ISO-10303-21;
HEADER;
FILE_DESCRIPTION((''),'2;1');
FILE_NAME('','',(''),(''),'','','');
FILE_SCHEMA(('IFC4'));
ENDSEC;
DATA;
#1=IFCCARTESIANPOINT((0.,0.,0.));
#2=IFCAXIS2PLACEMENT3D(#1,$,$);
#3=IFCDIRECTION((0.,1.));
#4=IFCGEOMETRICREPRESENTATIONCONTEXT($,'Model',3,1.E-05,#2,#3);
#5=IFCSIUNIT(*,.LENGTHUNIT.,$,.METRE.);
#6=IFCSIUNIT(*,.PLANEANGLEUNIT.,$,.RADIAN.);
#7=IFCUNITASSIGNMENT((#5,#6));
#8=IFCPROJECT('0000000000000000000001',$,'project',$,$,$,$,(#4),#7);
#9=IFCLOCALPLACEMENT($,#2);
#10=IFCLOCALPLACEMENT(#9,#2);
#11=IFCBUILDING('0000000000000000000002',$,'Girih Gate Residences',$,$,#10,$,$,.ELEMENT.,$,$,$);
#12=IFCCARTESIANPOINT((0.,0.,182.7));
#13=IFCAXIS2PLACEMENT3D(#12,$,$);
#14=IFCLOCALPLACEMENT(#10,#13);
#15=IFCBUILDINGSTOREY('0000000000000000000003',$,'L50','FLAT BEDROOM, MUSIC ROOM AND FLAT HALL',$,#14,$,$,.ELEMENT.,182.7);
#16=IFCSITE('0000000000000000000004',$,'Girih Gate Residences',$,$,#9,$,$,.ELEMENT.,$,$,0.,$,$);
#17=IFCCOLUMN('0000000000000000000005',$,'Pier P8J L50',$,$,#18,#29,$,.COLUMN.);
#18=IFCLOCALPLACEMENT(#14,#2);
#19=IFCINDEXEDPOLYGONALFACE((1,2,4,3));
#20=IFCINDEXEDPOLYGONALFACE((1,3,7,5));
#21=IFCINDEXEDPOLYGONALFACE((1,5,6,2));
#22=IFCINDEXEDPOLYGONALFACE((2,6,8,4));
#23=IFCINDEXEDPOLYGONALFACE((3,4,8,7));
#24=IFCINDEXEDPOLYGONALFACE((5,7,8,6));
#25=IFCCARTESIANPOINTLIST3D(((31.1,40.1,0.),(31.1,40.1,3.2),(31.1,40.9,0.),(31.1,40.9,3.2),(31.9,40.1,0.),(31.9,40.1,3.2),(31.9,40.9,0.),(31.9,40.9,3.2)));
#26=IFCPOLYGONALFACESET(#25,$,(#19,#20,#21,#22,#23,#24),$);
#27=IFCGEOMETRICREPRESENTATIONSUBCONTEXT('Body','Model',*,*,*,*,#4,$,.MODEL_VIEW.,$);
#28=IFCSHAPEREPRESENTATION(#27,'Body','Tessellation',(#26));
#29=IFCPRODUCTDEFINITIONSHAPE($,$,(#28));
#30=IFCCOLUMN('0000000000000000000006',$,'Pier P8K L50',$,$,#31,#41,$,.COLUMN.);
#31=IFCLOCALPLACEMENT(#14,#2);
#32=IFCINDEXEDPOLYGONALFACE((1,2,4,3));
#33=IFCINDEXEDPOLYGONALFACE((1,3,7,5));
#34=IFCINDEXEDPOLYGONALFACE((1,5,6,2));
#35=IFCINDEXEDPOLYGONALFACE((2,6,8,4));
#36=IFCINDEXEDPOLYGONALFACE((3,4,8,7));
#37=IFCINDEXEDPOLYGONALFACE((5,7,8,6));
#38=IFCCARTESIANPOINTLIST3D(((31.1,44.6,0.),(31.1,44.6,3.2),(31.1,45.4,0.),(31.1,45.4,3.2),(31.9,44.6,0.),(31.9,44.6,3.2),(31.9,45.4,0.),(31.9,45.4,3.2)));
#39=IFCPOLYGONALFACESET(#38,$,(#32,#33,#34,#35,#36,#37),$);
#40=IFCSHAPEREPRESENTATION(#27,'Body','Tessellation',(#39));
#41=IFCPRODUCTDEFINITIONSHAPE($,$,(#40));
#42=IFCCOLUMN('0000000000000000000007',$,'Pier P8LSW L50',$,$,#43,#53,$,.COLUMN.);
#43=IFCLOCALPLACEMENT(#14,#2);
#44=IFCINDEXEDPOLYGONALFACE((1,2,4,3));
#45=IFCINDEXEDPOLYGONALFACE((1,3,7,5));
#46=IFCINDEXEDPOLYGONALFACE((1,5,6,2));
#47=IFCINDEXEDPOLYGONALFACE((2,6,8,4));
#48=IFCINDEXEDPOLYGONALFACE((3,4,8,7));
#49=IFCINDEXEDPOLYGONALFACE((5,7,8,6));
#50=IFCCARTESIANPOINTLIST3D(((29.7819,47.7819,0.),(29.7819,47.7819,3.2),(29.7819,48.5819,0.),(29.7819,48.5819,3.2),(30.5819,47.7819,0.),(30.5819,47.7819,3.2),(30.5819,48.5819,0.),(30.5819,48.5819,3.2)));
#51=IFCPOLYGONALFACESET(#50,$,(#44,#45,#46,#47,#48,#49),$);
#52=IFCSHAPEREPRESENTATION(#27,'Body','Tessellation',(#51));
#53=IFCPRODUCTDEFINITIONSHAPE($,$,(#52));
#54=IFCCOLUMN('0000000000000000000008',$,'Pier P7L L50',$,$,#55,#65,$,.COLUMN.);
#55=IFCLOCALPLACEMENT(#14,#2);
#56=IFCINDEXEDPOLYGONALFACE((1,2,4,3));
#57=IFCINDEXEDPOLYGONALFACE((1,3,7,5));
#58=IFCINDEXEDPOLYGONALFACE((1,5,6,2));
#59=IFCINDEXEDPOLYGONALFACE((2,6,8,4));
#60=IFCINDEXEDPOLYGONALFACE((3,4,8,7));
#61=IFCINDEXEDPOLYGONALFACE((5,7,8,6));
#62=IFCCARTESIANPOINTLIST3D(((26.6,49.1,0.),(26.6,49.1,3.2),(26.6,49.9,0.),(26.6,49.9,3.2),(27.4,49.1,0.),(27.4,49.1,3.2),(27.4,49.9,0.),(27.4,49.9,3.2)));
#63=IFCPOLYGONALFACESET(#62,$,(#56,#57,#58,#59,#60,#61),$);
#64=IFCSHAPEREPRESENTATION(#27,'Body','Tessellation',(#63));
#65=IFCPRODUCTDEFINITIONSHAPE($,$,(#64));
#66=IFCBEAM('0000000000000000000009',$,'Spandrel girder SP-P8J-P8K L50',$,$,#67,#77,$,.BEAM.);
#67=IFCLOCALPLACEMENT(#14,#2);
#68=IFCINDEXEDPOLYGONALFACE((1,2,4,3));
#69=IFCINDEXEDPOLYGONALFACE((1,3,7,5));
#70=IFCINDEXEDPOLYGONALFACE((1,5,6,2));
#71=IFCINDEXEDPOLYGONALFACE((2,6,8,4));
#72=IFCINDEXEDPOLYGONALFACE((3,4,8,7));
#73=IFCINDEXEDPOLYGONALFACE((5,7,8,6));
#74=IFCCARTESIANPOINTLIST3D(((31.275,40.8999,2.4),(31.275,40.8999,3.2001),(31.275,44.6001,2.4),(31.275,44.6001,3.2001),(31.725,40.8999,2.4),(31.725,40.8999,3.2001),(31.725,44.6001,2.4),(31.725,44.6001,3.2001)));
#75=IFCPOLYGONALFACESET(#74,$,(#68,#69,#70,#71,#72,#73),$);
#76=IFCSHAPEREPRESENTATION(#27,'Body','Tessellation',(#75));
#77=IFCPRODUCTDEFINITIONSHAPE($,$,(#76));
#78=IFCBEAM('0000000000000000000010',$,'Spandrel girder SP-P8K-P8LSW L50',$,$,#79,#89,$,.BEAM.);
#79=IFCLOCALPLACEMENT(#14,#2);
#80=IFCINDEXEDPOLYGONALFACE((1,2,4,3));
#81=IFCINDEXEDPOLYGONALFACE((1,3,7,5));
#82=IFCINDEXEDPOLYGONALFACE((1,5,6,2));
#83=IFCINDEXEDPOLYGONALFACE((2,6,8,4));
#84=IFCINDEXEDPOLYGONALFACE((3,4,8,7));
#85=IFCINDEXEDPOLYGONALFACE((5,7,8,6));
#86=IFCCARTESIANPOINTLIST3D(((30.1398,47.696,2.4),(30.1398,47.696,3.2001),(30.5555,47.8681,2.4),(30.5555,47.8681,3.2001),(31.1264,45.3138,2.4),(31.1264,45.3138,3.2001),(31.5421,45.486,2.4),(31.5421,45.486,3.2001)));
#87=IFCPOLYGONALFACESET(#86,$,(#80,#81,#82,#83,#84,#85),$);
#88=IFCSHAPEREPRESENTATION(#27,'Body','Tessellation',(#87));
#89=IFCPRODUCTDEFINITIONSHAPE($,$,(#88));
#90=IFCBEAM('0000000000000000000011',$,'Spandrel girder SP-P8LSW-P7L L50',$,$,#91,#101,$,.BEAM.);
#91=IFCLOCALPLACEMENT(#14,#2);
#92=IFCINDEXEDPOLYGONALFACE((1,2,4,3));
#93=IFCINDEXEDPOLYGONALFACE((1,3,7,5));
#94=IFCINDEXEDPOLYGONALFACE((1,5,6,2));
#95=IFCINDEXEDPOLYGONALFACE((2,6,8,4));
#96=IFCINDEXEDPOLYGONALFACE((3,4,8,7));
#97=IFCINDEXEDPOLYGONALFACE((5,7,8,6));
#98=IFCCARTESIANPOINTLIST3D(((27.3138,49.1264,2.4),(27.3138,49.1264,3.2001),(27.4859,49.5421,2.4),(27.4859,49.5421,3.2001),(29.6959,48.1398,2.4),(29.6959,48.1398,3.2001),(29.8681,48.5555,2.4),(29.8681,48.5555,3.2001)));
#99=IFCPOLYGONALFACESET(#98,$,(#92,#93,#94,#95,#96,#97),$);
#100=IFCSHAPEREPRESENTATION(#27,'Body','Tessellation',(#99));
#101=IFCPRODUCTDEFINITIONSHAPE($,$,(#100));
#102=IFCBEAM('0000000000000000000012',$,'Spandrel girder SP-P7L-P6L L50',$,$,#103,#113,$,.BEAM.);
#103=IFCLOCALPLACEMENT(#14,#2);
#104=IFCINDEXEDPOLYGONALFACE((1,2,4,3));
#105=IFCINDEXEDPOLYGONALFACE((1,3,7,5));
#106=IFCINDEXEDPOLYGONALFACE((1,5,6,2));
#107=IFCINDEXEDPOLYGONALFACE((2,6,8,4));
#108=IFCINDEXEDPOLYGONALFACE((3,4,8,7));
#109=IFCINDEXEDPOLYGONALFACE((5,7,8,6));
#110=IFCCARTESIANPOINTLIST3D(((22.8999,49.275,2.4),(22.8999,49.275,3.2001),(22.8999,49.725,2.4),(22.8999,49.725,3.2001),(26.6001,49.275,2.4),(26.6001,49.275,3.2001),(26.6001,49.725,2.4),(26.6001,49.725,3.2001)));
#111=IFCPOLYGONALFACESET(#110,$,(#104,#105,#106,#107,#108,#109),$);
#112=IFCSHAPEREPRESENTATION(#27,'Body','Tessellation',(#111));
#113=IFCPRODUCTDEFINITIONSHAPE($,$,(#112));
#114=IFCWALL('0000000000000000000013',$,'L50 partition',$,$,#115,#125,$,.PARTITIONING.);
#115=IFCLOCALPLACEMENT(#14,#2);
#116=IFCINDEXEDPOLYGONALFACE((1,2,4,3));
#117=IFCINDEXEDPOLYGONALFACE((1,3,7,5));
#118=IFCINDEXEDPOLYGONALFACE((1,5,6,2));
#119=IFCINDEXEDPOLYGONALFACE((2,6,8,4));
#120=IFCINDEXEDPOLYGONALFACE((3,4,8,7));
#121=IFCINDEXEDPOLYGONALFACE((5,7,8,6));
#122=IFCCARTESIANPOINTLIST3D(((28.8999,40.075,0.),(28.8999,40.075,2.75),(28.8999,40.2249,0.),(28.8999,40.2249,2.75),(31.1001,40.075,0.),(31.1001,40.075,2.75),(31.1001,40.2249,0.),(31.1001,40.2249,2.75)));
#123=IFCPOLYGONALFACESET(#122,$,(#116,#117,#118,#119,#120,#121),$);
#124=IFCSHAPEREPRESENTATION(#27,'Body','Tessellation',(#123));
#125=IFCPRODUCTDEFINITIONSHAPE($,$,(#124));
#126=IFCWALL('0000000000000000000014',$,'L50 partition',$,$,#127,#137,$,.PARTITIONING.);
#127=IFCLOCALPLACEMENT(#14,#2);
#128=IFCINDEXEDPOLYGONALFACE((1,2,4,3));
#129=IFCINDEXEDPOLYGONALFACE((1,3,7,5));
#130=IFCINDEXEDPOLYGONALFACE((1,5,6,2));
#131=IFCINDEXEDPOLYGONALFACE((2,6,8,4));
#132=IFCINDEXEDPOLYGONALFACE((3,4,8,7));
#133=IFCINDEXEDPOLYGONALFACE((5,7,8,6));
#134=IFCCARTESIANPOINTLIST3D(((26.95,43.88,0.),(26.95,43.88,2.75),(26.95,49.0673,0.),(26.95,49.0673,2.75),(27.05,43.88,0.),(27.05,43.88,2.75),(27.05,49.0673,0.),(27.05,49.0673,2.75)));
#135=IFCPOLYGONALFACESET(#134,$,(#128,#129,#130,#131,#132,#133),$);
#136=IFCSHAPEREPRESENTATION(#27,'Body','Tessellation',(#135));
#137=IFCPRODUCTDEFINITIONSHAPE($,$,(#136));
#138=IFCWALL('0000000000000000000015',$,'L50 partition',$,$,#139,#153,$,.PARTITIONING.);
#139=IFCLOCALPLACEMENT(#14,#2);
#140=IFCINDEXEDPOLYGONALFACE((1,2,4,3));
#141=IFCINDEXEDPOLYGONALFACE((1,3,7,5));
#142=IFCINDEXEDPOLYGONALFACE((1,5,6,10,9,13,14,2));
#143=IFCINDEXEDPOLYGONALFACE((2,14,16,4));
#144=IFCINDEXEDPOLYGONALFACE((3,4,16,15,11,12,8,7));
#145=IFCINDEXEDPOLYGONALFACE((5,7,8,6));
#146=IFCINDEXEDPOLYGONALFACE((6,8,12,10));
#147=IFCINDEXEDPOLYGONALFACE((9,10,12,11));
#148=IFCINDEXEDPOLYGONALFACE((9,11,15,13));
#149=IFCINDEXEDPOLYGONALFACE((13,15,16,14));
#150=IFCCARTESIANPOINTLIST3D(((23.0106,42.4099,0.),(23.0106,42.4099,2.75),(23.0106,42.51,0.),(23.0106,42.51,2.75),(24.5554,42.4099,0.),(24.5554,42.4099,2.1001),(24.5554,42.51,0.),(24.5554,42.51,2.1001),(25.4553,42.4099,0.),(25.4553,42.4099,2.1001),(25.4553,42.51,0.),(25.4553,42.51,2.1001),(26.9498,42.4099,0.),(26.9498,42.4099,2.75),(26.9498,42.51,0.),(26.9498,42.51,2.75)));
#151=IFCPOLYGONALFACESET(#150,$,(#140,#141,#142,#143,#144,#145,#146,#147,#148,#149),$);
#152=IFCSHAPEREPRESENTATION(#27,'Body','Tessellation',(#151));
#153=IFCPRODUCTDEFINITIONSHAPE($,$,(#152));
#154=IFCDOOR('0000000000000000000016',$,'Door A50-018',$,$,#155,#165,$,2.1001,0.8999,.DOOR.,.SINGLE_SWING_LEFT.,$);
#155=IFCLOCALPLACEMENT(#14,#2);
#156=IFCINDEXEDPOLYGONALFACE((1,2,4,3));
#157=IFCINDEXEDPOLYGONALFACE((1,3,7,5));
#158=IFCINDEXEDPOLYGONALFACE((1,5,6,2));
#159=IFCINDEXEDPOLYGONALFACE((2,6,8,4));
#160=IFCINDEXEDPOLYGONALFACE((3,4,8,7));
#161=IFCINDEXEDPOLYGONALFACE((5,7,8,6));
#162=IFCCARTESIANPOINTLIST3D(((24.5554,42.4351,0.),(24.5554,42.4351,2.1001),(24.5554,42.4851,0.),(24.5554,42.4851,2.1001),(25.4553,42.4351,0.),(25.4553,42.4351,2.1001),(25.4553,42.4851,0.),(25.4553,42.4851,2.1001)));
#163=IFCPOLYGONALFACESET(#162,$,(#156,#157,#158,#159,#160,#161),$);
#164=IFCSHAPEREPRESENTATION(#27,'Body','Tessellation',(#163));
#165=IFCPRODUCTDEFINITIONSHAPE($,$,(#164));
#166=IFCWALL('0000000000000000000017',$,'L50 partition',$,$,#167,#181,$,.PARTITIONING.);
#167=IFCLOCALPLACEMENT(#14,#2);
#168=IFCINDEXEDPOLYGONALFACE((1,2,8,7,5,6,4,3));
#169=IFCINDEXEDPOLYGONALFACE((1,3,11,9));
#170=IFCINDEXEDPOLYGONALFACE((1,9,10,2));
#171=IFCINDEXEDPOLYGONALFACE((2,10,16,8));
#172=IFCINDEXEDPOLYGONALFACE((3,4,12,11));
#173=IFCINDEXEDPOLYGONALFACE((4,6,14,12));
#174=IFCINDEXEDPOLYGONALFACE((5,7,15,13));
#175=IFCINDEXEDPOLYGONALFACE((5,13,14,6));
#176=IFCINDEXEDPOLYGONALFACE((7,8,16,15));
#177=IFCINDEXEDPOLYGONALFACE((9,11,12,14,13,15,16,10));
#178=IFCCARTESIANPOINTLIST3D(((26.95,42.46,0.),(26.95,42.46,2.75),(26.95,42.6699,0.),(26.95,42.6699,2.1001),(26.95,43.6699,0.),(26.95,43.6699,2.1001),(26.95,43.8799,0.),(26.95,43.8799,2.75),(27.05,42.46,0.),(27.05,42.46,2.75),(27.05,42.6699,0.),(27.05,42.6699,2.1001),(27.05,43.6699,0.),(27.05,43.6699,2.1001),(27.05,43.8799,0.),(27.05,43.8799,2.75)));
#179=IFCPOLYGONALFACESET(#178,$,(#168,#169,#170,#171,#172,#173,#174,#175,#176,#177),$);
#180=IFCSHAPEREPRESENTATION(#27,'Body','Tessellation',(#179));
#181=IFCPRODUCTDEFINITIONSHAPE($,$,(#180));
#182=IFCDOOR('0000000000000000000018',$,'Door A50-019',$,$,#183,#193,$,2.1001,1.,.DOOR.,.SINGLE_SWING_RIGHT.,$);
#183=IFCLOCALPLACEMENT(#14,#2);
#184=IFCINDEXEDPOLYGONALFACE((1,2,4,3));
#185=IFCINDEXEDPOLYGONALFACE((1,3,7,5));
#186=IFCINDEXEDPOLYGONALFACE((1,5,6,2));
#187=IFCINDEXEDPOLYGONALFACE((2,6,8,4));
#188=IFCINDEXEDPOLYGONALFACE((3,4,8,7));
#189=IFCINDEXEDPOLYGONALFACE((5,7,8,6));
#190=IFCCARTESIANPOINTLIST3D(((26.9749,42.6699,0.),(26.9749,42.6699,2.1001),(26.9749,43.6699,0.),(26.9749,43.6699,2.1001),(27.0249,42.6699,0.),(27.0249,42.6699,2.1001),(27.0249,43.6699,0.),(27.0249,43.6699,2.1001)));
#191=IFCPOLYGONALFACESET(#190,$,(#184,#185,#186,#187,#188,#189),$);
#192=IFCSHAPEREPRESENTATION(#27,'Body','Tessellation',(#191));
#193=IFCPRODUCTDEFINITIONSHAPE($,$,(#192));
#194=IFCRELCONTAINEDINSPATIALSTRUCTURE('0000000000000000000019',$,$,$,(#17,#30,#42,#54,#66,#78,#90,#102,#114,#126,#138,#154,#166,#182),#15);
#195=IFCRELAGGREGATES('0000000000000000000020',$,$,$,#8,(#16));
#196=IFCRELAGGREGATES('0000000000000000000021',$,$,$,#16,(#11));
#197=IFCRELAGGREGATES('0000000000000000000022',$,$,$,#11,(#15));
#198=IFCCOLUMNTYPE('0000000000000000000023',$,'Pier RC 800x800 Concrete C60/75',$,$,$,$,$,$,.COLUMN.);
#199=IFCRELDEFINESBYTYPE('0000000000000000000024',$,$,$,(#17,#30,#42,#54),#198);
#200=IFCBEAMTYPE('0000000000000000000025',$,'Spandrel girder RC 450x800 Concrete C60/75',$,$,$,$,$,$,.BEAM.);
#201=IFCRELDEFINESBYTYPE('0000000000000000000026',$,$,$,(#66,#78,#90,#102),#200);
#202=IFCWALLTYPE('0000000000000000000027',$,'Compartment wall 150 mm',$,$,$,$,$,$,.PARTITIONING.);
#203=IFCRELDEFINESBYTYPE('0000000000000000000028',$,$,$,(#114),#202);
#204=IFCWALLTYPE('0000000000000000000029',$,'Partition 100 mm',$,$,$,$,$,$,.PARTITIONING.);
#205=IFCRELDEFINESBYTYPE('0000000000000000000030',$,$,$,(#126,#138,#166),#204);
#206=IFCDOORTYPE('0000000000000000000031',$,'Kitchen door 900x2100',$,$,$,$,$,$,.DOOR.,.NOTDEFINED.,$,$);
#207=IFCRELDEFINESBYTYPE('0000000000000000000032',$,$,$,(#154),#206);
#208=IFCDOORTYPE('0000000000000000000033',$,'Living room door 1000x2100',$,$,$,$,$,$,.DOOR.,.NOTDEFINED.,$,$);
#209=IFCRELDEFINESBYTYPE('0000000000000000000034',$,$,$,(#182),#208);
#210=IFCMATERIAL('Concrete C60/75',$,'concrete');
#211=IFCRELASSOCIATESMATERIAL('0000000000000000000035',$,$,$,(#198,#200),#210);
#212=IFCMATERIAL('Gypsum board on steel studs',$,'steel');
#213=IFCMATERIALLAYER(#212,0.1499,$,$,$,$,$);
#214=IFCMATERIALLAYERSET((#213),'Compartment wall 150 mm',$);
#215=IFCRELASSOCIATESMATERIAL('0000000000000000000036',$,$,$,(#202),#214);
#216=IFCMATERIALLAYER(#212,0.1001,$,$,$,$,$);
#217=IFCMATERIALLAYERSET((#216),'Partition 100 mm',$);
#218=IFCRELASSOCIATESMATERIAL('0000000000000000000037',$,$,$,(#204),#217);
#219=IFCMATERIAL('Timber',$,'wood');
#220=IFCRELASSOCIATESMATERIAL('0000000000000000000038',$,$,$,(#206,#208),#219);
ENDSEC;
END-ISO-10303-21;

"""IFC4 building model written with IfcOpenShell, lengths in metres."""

from ifc_helpers import new_model, si_unit, direction, frame, frame_2d, origin, origin_2d, place, context, subcontext, project, spatial, rectangle, extrude, material, layer, layer_set, material_profile, profile_set, type_object, element, fill, save


model = new_model("IFC4")

# Units and contexts
model_context = context("Model", 3, precision=1e-05, world=origin(), true_north=direction((0.0, 1.0)))
body_context = subcontext(model_context, "Body", "Model", "MODEL_VIEW")
ifc_project = project(units=[si_unit("LENGTHUNIT", "METRE"), si_unit("PLANEANGLEUNIT", "RADIAN")], contexts=[model_context])

# Site, building, storey
site_placement = place(None, origin())
site = spatial("IfcSite", under=ifc_project, at=site_placement, Name="Girih Gate Residences", CompositionType="ELEMENT", RefElevation=0.0)
building_placement = place(site_placement, origin())
building = spatial("IfcBuilding", under=site, at=building_placement, Name="Girih Gate Residences", CompositionType="ELEMENT")
storey_placement = place(building_placement, frame((0.0, 0.0, 182.7)))
storey = spatial("IfcBuildingStorey", under=building, at=storey_placement, Name="L50", Description="FLAT BEDROOM, MUSIC ROOM AND FLAT HALL", CompositionType="ELEMENT", Elevation=182.7)

# Columns
ifc_material_1 = material(Name="Concrete C60/75", Category="concrete")
ifc_material_profile_1 = material_profile(ifc_material_1, rectangle(XDim=0.8, YDim=0.8, at=origin_2d()))
ifc_profile_set_1 = profile_set([ifc_material_profile_1], Name="Concrete C60/75")
column_type = type_object("IfcColumnType", Name="Pier RC 800x800 Concrete C60/75", PredefinedType="COLUMN", material=ifc_profile_set_1)
for number, where, z_axis, x_axis, name in (
    (1, (31.5, 40.5, 0.0), (0.0, 0.0, 1.0), (1.0, 0.0, 0.0), "Pier P8J L50"),
    (2, (31.5, 45.0, 0.0), (0.0, 0.0, 1.0), (1.0, 0.0, 0.0), "Pier P8K L50"),
    (3, (30.1819, 48.1819, 0.0), (0.0, 0.0, 1.0), (1.0, 0.0, 0.0), "Pier P8LSW L50"),
    (4, (27.0, 49.5, 0.0), (0.0, 0.0, 1.0), (1.0, 0.0, 0.0), "Pier P7L L50"),
):
    element("IfcColumn", number, at=place(storey_placement, frame(where, z_axis=z_axis, x_axis=x_axis)), inside=storey, type_object=column_type, Name=name, PredefinedType="COLUMN", context=body_context, shape_type="SweptSolid", body=[
        extrude(rectangle(XDim=0.8, YDim=0.8, at=origin_2d()), origin(), (0.0, 0.0, 1.0), 3.2),
    ])

# Beams
ifc_material_profile_2 = material_profile(ifc_material_1, rectangle(XDim=0.45, YDim=0.8, at=origin_2d()))
ifc_profile_set_2 = profile_set([ifc_material_profile_2], Name="Concrete C60/75")
beam_type = type_object("IfcBeamType", Name="Spandrel girder RC 450x800 Concrete C60/75", PredefinedType="BEAM", material=ifc_profile_set_2)
beam_1_placement = place(storey_placement, frame((31.5, 40.8999, 2.8), z_axis=(0.0, 1.0, 0.0), x_axis=(-1.0, 0.0, 0.0)))
element("IfcBeam", 5, at=beam_1_placement, inside=storey, type_object=beam_type, Name="Spandrel girder SP-P8J-P8K L50", PredefinedType="BEAM", context=body_context, shape_type="SweptSolid", body=[
    extrude(rectangle(XDim=0.45, YDim=0.8, at=origin_2d()), origin(), (0.0, 0.0, 1.0), 3.7002),
])
for number, where, z_axis, x_axis, name in (
    (6, (31.3342, 45.3999, 2.8), (-0.382644, 0.923896, 0.0), (-0.923896, -0.382644, 0.0), "Spandrel girder SP-P8K-P8LSW L50"),
    (7, (29.782, 48.3477, 2.8), (-0.923896, 0.382644, 0.0), (-0.382644, -0.923896, 0.0), "Spandrel girder SP-P8LSW-P7L L50"),
):
    element("IfcBeam", number, at=place(storey_placement, frame(where, z_axis=z_axis, x_axis=x_axis)), inside=storey, type_object=beam_type, Name=name, PredefinedType="BEAM", context=body_context, shape_type="SweptSolid", body=[
        extrude(rectangle(XDim=0.45, YDim=0.8, at=origin_2d()), origin(), (0.0, 0.0, 1.0), 2.5784),
    ])
beam_2_placement = place(storey_placement, frame((26.6001, 49.5, 2.8), z_axis=(-1.0, 0.0, 0.0), x_axis=(0.0, -1.0, 0.0)))
element("IfcBeam", 8, at=beam_2_placement, inside=storey, type_object=beam_type, Name="Spandrel girder SP-P7L-P6L L50", PredefinedType="BEAM", context=body_context, shape_type="SweptSolid", body=[
    extrude(rectangle(XDim=0.45, YDim=0.8, at=origin_2d()), origin(), (0.0, 0.0, 1.0), 3.7002),
])

# Walls
ifc_material_2 = material(Name="Gypsum board on steel studs", Category="steel")
ifc_layer_1 = layer(ifc_material_2, 0.1499)
ifc_layer_set_1 = layer_set([ifc_layer_1], Name="Compartment wall 150 mm")
wall_type_1 = type_object("IfcWallType", Name="Compartment wall 150 mm", PredefinedType="PARTITIONING", material=ifc_layer_set_1)
wall_1_placement = place(storey_placement, frame((28.8999, 40.1499, 0.0), z_axis=(0.0, 0.0, 1.0), x_axis=(1.0, 0.0, 0.0)))
element("IfcWall", 9, at=wall_1_placement, inside=storey, type_object=wall_type_1, Name="L50 partition", PredefinedType="PARTITIONING", context=body_context, shape_type="SweptSolid", body=[
    extrude(rectangle(XDim=2.2002, YDim=0.1499, at=frame_2d((1.1001, 0.0))), origin(), (0.0, 0.0, 1.0), 2.75),
])
ifc_layer_2 = layer(ifc_material_2, 0.1001)
ifc_layer_set_2 = layer_set([ifc_layer_2], Name="Partition 100 mm")
wall_type_2 = type_object("IfcWallType", Name="Partition 100 mm", PredefinedType="PARTITIONING", material=ifc_layer_set_2)
wall_2_placement = place(storey_placement, frame((27.0, 43.8799, 0.0), z_axis=(0.0, 0.0, 1.0), x_axis=(0.0, 1.0, 0.0)))
element("IfcWall", 10, at=wall_2_placement, inside=storey, type_object=wall_type_2, Name="L50 partition", PredefinedType="PARTITIONING", context=body_context, shape_type="SweptSolid", body=[
    extrude(rectangle(XDim=5.1873, YDim=0.1001, at=frame_2d((2.5938, 0.0))), origin(), (0.0, 0.0, 1.0), 2.75),
])

# Walls, openings, doors
wall_3_placement = place(storey_placement, frame((26.95, 42.46, 0.0), z_axis=(0.0, 0.0, 1.0), x_axis=(-1.0, 0.0, 0.0)))
wall_3 = element("IfcWall", 11, at=wall_3_placement, inside=storey, type_object=wall_type_2, Name="L50 partition", PredefinedType="PARTITIONING", context=body_context, shape_type="SweptSolid", body=[
    extrude(rectangle(XDim=3.9392, YDim=0.1001, at=frame_2d((1.9697, 0.0))), origin(), (0.0, 0.0, 1.0), 2.75),
])
opening_1_placement = place(wall_3_placement, frame((1.4946, 0.0, 0.0)))
opening_1 = element("IfcOpeningElement", 12, at=opening_1_placement, cuts=wall_3, PredefinedType="OPENING", context=body_context, shape_type="SweptSolid", body=[
    extrude(rectangle(XDim=0.8999, YDim=2.1001, at=frame_2d((0.45, 1.05))), frame((0.0, 0.0601, 0.0), z_axis=(0.0, -1.0, 0.0), x_axis=(1.0, 0.0, 0.0)), (0.0, 0.0, 1.0), 0.1201),
])
ifc_material_3 = material(Name="Timber", Category="wood")
door_type_1 = type_object("IfcDoorType", Name="Kitchen door 900x2100", OperationType="NOTDEFINED", PredefinedType="DOOR", material=ifc_material_3)
door_1_placement = place(opening_1_placement, origin())
door_1 = element("IfcDoor", 13, at=door_1_placement, inside=storey, type_object=door_type_1, Name="Door A50-018", OperationType="SINGLE_SWING_LEFT", OverallHeight=2.1001, OverallWidth=0.8999, PredefinedType="DOOR", context=body_context, shape_type="SweptSolid", body=[
    extrude(rectangle(XDim=0.8999, YDim=2.1001, at=frame_2d((0.45, 1.05))), frame((0.0, 0.0249, 0.0), z_axis=(0.0, -1.0, 0.0), x_axis=(1.0, 0.0, 0.0)), (0.0, 0.0, 1.0), 0.05),
])
fill(opening_1, door_1)
wall_4_placement = place(storey_placement, frame((27.0, 43.8799, 0.0), z_axis=(0.0, 0.0, 1.0), x_axis=(0.0, -1.0, 0.0)))
wall_4 = element("IfcWall", 14, at=wall_4_placement, inside=storey, type_object=wall_type_2, Name="L50 partition", PredefinedType="PARTITIONING", context=body_context, shape_type="SweptSolid", body=[
    extrude(rectangle(XDim=1.4199, YDim=0.1001, at=frame_2d((0.71, 0.0))), origin(), (0.0, 0.0, 1.0), 2.75),
])
opening_2_placement = place(wall_4_placement, frame((0.21, 0.0, 0.0)))
opening_2 = element("IfcOpeningElement", 15, at=opening_2_placement, cuts=wall_4, PredefinedType="OPENING", context=body_context, shape_type="SweptSolid", body=[
    extrude(rectangle(XDim=1.0, YDim=2.1001, at=frame_2d((0.5, 1.05))), frame((0.0, 0.0601, 0.0), z_axis=(0.0, -1.0, 0.0), x_axis=(1.0, 0.0, 0.0)), (0.0, 0.0, 1.0), 0.1201),
])
door_type_2 = type_object("IfcDoorType", Name="Living room door 1000x2100", OperationType="NOTDEFINED", PredefinedType="DOOR", material=ifc_material_3)
door_2_placement = place(opening_2_placement, origin())
door_2 = element("IfcDoor", 16, at=door_2_placement, inside=storey, type_object=door_type_2, Name="Door A50-019", OperationType="SINGLE_SWING_RIGHT", OverallHeight=2.1001, OverallWidth=1.0, PredefinedType="DOOR", context=body_context, shape_type="SweptSolid", body=[
    extrude(rectangle(XDim=1.0, YDim=2.1001, at=frame_2d((0.5, 1.05))), frame((0.0, 0.0249, 0.0), z_axis=(0.0, -1.0, 0.0), x_axis=(1.0, 0.0, 0.0)), (0.0, 0.0, 1.0), 0.05),
])
fill(opening_2, door_2)

save(model, "model.ifc")
